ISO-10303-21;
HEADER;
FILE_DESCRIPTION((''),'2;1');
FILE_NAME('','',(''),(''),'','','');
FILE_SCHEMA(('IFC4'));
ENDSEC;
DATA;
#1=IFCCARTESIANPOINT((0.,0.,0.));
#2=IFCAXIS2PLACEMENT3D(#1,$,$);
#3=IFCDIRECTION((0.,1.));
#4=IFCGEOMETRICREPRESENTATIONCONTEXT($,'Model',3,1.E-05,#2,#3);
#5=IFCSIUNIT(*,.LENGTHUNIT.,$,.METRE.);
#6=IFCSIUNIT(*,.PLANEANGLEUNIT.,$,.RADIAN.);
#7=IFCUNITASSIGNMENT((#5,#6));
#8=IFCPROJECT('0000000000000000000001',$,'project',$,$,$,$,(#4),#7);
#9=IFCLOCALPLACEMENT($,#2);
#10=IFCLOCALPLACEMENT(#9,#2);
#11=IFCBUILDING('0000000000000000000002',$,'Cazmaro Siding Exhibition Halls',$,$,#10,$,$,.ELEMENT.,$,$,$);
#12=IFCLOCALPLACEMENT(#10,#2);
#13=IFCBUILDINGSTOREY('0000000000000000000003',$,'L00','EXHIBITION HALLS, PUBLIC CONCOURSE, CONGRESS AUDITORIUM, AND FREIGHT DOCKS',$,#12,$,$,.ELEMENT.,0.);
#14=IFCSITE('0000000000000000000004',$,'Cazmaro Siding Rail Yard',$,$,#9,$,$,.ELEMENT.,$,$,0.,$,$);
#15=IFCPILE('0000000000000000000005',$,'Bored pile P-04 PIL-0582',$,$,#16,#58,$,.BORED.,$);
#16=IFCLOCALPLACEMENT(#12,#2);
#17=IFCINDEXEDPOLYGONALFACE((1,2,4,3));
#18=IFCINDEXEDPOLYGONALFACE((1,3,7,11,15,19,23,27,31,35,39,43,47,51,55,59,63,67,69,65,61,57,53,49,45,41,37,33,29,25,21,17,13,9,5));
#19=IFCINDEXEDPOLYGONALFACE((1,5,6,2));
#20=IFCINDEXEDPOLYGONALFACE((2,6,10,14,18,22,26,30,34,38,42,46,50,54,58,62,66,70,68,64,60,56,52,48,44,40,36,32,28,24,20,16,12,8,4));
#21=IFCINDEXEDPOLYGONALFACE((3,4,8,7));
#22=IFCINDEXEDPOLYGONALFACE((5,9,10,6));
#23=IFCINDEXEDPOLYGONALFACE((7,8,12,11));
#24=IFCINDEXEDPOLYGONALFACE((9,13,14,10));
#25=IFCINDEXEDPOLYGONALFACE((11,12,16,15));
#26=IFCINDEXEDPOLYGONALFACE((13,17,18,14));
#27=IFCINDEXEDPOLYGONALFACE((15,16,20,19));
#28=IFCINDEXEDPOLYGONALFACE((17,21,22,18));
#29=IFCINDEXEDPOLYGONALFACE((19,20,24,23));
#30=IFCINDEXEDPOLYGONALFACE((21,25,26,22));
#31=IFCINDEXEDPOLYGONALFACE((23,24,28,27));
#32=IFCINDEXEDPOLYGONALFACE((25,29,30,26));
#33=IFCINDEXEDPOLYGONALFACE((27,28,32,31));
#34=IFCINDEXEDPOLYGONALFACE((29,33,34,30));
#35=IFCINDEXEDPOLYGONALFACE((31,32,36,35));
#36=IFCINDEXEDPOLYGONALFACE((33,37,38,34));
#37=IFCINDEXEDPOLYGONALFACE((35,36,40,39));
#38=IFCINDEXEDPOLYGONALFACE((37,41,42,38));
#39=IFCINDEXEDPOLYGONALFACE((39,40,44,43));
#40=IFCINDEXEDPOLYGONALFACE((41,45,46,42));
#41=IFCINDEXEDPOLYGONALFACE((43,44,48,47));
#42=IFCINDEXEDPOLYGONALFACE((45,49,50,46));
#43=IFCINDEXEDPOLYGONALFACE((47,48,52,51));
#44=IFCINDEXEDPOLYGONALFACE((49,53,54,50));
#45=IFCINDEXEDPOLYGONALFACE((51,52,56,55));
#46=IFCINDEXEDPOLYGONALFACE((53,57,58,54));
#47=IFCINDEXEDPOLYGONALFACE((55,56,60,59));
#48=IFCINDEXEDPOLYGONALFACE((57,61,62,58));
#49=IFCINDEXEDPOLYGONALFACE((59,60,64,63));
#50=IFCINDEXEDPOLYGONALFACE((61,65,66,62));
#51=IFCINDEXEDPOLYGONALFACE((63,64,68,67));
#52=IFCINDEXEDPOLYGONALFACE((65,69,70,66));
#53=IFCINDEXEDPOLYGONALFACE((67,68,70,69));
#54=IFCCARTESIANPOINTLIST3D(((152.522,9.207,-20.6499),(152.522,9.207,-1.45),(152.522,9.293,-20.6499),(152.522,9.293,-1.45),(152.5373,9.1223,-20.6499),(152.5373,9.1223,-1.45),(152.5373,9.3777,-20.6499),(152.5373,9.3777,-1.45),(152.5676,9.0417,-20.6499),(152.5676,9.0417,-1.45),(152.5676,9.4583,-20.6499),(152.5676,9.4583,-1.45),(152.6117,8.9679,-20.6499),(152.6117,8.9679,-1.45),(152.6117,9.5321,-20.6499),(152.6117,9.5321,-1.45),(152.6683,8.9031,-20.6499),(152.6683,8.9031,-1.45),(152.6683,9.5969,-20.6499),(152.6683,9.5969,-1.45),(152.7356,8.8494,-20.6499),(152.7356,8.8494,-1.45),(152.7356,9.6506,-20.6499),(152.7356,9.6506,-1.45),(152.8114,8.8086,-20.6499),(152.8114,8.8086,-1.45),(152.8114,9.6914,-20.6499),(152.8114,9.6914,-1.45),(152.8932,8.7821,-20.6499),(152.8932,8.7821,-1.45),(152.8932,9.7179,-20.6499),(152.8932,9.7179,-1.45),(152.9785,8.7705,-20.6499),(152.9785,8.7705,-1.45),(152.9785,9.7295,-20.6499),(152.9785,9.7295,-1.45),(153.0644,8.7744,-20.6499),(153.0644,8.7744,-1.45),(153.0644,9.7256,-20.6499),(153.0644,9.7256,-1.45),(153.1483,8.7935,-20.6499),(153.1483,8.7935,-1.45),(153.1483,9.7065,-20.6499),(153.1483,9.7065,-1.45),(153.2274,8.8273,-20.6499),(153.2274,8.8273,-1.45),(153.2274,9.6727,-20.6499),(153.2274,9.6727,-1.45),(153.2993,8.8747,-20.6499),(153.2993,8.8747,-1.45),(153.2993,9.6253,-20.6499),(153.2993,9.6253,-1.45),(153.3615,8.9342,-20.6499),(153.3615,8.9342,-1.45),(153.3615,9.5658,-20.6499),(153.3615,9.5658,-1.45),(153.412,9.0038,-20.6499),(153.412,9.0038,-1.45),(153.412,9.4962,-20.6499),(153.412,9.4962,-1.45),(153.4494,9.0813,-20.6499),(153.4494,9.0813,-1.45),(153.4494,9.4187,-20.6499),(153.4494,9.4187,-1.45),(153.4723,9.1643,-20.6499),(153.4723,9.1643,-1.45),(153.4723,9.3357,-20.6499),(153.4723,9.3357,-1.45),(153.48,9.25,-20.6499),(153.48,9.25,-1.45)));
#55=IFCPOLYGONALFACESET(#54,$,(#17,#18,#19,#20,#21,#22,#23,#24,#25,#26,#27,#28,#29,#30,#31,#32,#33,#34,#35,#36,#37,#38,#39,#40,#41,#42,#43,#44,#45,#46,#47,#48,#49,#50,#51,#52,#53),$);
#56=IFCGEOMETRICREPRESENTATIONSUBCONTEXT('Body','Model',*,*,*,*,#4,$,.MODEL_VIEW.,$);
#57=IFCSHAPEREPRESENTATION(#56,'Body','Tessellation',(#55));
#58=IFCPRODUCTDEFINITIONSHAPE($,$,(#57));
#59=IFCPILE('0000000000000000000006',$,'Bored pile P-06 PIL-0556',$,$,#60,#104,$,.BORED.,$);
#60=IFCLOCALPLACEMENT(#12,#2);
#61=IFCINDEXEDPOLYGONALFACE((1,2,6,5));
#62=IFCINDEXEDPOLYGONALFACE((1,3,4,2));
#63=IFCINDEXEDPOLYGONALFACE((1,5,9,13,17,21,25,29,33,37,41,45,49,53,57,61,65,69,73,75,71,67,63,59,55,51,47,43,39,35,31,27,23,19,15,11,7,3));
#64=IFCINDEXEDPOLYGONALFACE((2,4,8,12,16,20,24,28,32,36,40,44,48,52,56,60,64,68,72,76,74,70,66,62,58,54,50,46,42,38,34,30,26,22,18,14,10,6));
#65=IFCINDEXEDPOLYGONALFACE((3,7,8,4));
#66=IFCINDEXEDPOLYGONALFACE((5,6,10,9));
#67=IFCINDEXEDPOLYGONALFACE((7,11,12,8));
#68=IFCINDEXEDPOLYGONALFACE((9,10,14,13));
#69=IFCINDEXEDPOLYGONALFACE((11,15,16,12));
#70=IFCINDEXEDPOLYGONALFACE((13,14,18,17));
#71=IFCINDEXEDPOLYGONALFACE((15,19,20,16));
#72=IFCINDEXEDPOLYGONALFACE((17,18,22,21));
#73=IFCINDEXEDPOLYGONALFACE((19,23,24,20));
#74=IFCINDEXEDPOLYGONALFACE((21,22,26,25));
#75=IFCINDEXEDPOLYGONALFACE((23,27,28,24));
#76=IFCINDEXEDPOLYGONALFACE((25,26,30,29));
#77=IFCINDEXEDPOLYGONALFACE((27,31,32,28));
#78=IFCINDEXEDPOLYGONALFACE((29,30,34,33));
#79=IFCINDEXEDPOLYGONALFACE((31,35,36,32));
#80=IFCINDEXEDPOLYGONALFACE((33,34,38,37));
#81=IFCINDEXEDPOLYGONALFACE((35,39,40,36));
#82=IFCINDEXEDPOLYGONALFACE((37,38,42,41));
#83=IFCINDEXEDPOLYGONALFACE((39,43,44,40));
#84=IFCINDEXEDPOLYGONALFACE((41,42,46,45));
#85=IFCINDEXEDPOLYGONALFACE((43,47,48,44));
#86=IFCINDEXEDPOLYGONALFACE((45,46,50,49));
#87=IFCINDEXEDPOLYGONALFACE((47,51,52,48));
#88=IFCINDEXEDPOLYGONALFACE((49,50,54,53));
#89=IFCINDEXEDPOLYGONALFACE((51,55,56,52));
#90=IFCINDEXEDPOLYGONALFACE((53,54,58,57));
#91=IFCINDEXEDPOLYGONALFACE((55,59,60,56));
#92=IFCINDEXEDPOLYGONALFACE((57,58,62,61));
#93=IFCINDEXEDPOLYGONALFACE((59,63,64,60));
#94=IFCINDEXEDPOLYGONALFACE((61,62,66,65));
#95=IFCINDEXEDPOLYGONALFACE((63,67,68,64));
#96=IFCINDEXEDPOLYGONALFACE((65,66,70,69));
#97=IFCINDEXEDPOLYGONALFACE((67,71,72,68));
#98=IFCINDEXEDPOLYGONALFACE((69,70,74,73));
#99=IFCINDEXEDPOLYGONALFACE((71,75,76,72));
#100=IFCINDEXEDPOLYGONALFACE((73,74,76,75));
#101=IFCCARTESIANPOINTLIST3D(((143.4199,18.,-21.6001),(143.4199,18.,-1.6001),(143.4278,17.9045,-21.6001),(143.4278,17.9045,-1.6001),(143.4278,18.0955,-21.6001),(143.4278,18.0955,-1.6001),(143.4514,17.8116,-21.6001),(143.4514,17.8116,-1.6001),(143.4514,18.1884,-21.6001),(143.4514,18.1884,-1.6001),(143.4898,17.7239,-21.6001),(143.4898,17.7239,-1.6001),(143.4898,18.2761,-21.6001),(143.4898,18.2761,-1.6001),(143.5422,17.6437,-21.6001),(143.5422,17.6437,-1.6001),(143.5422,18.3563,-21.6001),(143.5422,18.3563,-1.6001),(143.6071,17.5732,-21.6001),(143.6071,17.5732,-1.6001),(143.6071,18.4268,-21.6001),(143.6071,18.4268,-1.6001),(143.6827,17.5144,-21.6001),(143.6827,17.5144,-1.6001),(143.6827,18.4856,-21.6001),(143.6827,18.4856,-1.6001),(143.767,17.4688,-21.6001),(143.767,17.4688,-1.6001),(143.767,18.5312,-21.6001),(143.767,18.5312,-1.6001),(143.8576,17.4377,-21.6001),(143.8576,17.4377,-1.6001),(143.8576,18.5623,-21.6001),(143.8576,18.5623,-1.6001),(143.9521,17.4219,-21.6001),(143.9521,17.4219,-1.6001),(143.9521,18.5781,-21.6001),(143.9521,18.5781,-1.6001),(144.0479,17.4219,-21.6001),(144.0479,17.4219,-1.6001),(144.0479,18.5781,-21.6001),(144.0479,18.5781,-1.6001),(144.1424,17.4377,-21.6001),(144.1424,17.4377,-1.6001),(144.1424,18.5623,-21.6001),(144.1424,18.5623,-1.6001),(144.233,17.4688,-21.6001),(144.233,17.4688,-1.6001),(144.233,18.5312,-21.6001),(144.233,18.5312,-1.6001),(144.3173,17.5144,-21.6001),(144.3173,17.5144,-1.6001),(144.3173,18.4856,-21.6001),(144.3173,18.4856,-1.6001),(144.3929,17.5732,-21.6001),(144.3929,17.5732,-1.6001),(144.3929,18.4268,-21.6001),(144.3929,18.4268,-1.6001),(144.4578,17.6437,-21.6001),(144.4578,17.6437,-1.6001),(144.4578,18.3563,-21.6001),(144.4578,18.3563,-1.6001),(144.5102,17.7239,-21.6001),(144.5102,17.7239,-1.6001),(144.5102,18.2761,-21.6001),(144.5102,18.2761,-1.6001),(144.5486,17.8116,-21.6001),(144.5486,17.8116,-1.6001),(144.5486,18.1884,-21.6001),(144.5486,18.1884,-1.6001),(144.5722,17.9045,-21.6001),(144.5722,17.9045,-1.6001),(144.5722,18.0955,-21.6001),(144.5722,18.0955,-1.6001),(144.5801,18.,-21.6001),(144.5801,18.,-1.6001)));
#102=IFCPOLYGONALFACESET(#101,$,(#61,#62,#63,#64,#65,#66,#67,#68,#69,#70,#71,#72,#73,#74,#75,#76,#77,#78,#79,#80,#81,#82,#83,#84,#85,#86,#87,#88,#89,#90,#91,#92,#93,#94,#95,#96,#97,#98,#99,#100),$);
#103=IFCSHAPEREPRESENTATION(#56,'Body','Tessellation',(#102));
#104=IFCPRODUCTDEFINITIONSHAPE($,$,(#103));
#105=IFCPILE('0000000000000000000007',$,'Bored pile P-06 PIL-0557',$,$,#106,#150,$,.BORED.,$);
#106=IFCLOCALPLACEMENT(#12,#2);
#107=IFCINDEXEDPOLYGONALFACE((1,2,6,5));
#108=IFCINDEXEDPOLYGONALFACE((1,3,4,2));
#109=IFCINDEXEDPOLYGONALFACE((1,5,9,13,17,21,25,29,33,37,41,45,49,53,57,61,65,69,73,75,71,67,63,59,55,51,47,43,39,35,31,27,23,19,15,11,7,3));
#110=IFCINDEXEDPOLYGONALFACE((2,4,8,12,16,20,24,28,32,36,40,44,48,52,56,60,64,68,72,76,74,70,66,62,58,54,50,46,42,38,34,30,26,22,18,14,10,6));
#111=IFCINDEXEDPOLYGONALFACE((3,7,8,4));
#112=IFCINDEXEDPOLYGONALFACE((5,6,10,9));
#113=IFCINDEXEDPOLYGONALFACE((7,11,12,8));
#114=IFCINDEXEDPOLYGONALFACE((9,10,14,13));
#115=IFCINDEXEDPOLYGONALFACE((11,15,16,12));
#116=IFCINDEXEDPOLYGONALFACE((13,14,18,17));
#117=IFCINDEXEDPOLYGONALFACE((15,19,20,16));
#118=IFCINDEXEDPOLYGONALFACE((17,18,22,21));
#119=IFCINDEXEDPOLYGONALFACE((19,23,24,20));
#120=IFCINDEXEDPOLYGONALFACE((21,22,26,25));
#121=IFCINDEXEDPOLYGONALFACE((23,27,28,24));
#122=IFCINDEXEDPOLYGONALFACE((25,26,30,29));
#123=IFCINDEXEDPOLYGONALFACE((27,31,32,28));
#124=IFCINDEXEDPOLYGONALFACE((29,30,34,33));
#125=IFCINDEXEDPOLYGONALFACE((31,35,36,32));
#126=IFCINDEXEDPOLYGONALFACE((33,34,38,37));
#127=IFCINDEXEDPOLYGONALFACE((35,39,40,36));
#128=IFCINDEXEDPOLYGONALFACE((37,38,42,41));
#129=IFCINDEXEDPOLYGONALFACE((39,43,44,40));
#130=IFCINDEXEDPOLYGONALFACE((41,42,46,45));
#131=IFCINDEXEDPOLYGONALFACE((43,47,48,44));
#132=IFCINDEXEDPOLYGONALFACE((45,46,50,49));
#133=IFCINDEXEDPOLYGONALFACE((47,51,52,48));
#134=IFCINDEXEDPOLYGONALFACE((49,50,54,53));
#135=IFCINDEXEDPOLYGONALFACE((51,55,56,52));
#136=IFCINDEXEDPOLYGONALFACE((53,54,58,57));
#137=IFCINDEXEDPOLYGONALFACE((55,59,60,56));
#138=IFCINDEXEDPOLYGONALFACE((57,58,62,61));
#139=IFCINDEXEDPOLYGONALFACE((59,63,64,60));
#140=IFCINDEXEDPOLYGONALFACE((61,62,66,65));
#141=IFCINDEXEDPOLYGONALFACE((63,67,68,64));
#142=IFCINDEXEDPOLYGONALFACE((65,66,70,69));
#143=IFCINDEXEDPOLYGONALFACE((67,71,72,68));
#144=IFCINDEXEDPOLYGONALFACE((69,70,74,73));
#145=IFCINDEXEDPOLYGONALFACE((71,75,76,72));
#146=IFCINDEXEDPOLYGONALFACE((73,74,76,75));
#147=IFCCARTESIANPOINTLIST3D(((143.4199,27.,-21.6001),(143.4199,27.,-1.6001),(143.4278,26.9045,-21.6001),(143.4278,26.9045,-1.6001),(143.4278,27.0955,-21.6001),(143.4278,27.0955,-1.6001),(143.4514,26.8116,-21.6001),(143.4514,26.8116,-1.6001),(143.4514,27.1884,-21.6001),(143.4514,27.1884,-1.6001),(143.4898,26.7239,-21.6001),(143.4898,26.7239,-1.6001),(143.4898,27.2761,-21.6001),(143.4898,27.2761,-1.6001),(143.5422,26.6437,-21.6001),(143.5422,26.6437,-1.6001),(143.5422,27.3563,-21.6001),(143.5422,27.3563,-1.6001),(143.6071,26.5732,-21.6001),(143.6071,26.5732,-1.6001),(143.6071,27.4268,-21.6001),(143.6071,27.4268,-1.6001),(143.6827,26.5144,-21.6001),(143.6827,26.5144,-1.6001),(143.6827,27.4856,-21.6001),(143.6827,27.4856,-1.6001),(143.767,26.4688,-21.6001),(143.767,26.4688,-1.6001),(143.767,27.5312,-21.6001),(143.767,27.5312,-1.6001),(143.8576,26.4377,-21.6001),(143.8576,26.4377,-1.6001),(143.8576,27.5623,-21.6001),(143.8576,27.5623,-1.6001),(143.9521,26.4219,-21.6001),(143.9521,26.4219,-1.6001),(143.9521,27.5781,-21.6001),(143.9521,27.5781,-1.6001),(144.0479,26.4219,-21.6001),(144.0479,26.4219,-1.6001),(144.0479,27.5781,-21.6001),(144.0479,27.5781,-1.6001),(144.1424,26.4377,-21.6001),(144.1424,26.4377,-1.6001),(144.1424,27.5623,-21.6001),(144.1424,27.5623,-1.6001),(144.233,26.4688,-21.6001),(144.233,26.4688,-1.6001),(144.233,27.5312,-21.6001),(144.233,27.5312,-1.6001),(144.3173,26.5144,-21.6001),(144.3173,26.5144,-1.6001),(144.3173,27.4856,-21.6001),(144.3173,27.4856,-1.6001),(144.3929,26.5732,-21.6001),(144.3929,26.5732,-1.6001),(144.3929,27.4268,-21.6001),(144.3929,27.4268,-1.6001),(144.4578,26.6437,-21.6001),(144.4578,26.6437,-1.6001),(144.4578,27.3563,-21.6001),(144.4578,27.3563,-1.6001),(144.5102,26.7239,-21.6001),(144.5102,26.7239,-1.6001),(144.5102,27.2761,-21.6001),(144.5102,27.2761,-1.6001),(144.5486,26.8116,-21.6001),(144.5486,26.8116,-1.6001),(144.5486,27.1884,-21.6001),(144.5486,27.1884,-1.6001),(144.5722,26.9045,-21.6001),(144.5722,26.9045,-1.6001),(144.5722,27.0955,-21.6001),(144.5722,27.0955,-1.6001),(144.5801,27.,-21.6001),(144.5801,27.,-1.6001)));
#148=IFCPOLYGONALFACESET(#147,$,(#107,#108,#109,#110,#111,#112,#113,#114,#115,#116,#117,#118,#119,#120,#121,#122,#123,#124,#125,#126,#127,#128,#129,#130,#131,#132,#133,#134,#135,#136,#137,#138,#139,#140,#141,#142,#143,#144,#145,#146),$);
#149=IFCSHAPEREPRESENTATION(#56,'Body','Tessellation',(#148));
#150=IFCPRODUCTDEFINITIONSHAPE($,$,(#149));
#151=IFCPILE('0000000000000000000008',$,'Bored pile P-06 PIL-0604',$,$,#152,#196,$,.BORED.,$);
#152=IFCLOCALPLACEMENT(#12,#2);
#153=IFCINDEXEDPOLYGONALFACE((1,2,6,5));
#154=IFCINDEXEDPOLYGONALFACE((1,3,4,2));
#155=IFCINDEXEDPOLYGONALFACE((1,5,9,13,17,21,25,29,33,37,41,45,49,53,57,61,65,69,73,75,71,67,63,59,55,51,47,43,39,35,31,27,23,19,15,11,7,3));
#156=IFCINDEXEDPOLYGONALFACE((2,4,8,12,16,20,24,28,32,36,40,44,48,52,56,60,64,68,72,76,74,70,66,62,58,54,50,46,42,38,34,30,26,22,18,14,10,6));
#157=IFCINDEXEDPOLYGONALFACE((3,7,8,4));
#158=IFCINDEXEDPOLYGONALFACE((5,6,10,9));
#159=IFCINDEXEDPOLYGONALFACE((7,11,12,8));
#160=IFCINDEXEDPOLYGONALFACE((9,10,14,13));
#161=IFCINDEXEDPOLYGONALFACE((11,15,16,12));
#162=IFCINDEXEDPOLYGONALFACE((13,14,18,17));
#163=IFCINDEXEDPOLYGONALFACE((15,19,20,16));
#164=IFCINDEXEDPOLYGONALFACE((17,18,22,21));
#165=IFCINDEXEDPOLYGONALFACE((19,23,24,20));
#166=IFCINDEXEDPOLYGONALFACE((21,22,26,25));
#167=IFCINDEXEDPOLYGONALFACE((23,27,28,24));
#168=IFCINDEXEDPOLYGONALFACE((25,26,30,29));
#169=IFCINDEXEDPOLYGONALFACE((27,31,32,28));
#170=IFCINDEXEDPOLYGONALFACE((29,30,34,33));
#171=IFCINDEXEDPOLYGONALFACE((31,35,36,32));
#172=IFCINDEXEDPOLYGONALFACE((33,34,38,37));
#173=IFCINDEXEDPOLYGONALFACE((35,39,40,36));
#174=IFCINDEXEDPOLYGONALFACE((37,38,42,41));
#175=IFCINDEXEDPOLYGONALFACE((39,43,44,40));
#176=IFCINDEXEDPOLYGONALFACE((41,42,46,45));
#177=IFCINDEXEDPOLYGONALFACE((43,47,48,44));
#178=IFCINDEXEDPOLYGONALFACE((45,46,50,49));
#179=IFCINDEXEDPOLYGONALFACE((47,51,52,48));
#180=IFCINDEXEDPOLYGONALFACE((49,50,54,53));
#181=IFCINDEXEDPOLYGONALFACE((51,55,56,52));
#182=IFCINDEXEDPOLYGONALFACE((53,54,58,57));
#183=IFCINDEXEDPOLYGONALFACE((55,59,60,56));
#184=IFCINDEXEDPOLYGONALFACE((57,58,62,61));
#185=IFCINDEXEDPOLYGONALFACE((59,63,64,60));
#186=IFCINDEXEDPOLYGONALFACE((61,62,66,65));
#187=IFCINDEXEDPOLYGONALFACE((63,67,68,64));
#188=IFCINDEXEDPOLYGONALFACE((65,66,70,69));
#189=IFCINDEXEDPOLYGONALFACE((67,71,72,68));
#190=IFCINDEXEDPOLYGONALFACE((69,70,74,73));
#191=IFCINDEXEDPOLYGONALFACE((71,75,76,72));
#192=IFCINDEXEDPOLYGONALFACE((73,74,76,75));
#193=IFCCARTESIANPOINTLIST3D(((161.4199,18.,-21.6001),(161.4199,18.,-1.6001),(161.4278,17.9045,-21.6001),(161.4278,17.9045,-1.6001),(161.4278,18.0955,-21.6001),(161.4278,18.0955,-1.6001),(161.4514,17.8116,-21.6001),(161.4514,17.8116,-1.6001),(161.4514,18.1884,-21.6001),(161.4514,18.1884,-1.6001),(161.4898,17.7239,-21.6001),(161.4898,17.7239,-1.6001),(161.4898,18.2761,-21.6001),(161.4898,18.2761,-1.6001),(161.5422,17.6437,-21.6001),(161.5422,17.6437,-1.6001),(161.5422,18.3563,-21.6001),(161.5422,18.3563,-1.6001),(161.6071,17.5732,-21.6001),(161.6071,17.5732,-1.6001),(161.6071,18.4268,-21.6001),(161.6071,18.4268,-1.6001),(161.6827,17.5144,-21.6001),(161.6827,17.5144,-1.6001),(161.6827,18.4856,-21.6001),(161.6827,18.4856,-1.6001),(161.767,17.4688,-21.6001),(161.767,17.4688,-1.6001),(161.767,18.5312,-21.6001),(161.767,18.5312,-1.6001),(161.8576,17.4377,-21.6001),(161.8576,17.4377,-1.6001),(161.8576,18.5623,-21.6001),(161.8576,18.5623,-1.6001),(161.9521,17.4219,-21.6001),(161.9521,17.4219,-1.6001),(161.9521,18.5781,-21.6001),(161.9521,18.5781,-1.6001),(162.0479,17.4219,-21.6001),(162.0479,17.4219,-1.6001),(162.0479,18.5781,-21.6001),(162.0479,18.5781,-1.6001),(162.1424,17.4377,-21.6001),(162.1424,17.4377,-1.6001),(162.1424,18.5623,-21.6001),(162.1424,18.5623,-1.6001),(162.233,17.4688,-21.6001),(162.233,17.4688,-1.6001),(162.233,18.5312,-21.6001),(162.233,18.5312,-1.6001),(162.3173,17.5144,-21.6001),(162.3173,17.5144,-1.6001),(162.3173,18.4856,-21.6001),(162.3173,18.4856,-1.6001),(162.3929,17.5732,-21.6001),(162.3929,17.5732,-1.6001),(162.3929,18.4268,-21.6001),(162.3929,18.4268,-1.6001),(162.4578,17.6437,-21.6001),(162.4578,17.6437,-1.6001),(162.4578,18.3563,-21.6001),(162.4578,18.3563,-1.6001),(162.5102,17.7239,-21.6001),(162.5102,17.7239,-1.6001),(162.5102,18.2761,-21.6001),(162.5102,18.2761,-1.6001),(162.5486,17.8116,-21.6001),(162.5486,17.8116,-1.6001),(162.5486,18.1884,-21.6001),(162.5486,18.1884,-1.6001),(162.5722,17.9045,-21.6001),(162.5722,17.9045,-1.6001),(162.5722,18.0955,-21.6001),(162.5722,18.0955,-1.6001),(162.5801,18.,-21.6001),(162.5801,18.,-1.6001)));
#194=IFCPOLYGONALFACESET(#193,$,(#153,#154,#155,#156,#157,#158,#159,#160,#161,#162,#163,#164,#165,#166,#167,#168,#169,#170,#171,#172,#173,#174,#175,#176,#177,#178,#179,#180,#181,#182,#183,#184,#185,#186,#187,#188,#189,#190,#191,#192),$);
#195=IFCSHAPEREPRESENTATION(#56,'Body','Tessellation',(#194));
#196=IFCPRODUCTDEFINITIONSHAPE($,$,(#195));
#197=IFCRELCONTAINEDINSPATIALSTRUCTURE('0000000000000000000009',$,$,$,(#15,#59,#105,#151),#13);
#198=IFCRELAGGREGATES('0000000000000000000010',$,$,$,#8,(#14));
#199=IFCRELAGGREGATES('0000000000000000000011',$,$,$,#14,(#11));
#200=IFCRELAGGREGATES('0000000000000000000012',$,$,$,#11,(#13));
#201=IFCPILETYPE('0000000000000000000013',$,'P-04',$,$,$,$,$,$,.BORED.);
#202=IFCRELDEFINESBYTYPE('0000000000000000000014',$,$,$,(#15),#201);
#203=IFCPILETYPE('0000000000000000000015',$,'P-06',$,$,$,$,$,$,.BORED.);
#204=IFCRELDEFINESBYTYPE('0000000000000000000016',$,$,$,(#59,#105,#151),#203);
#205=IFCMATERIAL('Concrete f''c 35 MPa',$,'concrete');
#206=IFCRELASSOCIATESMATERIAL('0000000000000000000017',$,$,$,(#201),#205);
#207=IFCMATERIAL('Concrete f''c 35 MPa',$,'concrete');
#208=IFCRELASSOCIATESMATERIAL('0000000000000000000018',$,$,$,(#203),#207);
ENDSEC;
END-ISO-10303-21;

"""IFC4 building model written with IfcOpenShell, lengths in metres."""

from ifc_helpers import new_model, si_unit, direction, frame, origin, origin_2d, place, context, subcontext, project, spatial, circle, extrude, material, material_profile, profile_set, type_object, element, save


model = new_model("IFC4")

# Units and contexts
model_context = context("Model", 3, precision=1e-05, world=origin(), true_north=direction((0.0, 1.0)))
body_context = subcontext(model_context, "Body", "Model", "MODEL_VIEW")
ifc_project = project(units=[si_unit("LENGTHUNIT", "METRE"), si_unit("PLANEANGLEUNIT", "RADIAN")], contexts=[model_context])

# Site, building, storey
site_placement = place(None, origin())
site = spatial("IfcSite", under=ifc_project, at=site_placement, Name="Cazmaro Siding Rail Yard", CompositionType="ELEMENT", RefElevation=0.0)
building_placement = place(site_placement, origin())
building = spatial("IfcBuilding", under=site, at=building_placement, Name="Cazmaro Siding Exhibition Halls", CompositionType="ELEMENT")
storey_placement = place(building_placement, origin())
storey = spatial("IfcBuildingStorey", under=building, at=storey_placement, Name="L00", Description="EXHIBITION HALLS, PUBLIC CONCOURSE, CONGRESS AUDITORIUM, AND FREIGHT DOCKS", CompositionType="ELEMENT", Elevation=0.0)

# Piles
ifc_material_1 = material(Name="Concrete f'c 35 MPa", Category="concrete")
ifc_material_profile_1 = material_profile(ifc_material_1, circle(Radius=0.48, at=origin_2d()), Name="CIDH-960")
ifc_profile_set_1 = profile_set([ifc_material_profile_1], Name="Concrete f'c 35 MPa")
pile_type_1 = type_object("IfcPileType", Name="P-04", PredefinedType="BORED", material=ifc_profile_set_1)
pile_placement = place(storey_placement, frame((153.0, 9.25, -1.45), z_axis=(0.0, 0.0, -1.0), x_axis=(1.0, 0.0, 0.0)))
element("IfcPile", 1, at=pile_placement, inside=storey, type_object=pile_type_1, Name="Bored pile P-04 PIL-0582", PredefinedType="BORED", context=body_context, shape_type="SweptSolid", body=[
    extrude(circle(Radius=0.48, at=origin_2d()), origin(), (0.0, 0.0, 1.0), 19.2),
])
ifc_material_2 = material(Name="Concrete f'c 35 MPa", Category="concrete")
ifc_material_profile_2 = material_profile(ifc_material_2, circle(Radius=0.5801, at=origin_2d()), Name="CIDH-1160")
ifc_profile_set_2 = profile_set([ifc_material_profile_2], Name="Concrete f'c 35 MPa")
pile_type_2 = type_object("IfcPileType", Name="P-06", PredefinedType="BORED", material=ifc_profile_set_2)
for number, where, z_axis, x_axis, name in (
    (2, (144.0, 18.0, -1.6001), (0.0, 0.0, -1.0), (1.0, 0.0, 0.0), "Bored pile P-06 PIL-0556"),
    (3, (144.0, 27.0, -1.6001), (0.0, 0.0, -1.0), (1.0, 0.0, 0.0), "Bored pile P-06 PIL-0557"),
    (4, (162.0, 18.0, -1.6001), (0.0, 0.0, -1.0), (1.0, 0.0, 0.0), "Bored pile P-06 PIL-0604"),
):
    element("IfcPile", number, at=place(storey_placement, frame(where, z_axis=z_axis, x_axis=x_axis)), inside=storey, type_object=pile_type_2, Name=name, PredefinedType="BORED", context=body_context, shape_type="SweptSolid", body=[
        extrude(circle(Radius=0.5801, at=origin_2d()), origin(), (0.0, 0.0, 1.0), 20.0),
    ])

save(model, "model.ifc")
